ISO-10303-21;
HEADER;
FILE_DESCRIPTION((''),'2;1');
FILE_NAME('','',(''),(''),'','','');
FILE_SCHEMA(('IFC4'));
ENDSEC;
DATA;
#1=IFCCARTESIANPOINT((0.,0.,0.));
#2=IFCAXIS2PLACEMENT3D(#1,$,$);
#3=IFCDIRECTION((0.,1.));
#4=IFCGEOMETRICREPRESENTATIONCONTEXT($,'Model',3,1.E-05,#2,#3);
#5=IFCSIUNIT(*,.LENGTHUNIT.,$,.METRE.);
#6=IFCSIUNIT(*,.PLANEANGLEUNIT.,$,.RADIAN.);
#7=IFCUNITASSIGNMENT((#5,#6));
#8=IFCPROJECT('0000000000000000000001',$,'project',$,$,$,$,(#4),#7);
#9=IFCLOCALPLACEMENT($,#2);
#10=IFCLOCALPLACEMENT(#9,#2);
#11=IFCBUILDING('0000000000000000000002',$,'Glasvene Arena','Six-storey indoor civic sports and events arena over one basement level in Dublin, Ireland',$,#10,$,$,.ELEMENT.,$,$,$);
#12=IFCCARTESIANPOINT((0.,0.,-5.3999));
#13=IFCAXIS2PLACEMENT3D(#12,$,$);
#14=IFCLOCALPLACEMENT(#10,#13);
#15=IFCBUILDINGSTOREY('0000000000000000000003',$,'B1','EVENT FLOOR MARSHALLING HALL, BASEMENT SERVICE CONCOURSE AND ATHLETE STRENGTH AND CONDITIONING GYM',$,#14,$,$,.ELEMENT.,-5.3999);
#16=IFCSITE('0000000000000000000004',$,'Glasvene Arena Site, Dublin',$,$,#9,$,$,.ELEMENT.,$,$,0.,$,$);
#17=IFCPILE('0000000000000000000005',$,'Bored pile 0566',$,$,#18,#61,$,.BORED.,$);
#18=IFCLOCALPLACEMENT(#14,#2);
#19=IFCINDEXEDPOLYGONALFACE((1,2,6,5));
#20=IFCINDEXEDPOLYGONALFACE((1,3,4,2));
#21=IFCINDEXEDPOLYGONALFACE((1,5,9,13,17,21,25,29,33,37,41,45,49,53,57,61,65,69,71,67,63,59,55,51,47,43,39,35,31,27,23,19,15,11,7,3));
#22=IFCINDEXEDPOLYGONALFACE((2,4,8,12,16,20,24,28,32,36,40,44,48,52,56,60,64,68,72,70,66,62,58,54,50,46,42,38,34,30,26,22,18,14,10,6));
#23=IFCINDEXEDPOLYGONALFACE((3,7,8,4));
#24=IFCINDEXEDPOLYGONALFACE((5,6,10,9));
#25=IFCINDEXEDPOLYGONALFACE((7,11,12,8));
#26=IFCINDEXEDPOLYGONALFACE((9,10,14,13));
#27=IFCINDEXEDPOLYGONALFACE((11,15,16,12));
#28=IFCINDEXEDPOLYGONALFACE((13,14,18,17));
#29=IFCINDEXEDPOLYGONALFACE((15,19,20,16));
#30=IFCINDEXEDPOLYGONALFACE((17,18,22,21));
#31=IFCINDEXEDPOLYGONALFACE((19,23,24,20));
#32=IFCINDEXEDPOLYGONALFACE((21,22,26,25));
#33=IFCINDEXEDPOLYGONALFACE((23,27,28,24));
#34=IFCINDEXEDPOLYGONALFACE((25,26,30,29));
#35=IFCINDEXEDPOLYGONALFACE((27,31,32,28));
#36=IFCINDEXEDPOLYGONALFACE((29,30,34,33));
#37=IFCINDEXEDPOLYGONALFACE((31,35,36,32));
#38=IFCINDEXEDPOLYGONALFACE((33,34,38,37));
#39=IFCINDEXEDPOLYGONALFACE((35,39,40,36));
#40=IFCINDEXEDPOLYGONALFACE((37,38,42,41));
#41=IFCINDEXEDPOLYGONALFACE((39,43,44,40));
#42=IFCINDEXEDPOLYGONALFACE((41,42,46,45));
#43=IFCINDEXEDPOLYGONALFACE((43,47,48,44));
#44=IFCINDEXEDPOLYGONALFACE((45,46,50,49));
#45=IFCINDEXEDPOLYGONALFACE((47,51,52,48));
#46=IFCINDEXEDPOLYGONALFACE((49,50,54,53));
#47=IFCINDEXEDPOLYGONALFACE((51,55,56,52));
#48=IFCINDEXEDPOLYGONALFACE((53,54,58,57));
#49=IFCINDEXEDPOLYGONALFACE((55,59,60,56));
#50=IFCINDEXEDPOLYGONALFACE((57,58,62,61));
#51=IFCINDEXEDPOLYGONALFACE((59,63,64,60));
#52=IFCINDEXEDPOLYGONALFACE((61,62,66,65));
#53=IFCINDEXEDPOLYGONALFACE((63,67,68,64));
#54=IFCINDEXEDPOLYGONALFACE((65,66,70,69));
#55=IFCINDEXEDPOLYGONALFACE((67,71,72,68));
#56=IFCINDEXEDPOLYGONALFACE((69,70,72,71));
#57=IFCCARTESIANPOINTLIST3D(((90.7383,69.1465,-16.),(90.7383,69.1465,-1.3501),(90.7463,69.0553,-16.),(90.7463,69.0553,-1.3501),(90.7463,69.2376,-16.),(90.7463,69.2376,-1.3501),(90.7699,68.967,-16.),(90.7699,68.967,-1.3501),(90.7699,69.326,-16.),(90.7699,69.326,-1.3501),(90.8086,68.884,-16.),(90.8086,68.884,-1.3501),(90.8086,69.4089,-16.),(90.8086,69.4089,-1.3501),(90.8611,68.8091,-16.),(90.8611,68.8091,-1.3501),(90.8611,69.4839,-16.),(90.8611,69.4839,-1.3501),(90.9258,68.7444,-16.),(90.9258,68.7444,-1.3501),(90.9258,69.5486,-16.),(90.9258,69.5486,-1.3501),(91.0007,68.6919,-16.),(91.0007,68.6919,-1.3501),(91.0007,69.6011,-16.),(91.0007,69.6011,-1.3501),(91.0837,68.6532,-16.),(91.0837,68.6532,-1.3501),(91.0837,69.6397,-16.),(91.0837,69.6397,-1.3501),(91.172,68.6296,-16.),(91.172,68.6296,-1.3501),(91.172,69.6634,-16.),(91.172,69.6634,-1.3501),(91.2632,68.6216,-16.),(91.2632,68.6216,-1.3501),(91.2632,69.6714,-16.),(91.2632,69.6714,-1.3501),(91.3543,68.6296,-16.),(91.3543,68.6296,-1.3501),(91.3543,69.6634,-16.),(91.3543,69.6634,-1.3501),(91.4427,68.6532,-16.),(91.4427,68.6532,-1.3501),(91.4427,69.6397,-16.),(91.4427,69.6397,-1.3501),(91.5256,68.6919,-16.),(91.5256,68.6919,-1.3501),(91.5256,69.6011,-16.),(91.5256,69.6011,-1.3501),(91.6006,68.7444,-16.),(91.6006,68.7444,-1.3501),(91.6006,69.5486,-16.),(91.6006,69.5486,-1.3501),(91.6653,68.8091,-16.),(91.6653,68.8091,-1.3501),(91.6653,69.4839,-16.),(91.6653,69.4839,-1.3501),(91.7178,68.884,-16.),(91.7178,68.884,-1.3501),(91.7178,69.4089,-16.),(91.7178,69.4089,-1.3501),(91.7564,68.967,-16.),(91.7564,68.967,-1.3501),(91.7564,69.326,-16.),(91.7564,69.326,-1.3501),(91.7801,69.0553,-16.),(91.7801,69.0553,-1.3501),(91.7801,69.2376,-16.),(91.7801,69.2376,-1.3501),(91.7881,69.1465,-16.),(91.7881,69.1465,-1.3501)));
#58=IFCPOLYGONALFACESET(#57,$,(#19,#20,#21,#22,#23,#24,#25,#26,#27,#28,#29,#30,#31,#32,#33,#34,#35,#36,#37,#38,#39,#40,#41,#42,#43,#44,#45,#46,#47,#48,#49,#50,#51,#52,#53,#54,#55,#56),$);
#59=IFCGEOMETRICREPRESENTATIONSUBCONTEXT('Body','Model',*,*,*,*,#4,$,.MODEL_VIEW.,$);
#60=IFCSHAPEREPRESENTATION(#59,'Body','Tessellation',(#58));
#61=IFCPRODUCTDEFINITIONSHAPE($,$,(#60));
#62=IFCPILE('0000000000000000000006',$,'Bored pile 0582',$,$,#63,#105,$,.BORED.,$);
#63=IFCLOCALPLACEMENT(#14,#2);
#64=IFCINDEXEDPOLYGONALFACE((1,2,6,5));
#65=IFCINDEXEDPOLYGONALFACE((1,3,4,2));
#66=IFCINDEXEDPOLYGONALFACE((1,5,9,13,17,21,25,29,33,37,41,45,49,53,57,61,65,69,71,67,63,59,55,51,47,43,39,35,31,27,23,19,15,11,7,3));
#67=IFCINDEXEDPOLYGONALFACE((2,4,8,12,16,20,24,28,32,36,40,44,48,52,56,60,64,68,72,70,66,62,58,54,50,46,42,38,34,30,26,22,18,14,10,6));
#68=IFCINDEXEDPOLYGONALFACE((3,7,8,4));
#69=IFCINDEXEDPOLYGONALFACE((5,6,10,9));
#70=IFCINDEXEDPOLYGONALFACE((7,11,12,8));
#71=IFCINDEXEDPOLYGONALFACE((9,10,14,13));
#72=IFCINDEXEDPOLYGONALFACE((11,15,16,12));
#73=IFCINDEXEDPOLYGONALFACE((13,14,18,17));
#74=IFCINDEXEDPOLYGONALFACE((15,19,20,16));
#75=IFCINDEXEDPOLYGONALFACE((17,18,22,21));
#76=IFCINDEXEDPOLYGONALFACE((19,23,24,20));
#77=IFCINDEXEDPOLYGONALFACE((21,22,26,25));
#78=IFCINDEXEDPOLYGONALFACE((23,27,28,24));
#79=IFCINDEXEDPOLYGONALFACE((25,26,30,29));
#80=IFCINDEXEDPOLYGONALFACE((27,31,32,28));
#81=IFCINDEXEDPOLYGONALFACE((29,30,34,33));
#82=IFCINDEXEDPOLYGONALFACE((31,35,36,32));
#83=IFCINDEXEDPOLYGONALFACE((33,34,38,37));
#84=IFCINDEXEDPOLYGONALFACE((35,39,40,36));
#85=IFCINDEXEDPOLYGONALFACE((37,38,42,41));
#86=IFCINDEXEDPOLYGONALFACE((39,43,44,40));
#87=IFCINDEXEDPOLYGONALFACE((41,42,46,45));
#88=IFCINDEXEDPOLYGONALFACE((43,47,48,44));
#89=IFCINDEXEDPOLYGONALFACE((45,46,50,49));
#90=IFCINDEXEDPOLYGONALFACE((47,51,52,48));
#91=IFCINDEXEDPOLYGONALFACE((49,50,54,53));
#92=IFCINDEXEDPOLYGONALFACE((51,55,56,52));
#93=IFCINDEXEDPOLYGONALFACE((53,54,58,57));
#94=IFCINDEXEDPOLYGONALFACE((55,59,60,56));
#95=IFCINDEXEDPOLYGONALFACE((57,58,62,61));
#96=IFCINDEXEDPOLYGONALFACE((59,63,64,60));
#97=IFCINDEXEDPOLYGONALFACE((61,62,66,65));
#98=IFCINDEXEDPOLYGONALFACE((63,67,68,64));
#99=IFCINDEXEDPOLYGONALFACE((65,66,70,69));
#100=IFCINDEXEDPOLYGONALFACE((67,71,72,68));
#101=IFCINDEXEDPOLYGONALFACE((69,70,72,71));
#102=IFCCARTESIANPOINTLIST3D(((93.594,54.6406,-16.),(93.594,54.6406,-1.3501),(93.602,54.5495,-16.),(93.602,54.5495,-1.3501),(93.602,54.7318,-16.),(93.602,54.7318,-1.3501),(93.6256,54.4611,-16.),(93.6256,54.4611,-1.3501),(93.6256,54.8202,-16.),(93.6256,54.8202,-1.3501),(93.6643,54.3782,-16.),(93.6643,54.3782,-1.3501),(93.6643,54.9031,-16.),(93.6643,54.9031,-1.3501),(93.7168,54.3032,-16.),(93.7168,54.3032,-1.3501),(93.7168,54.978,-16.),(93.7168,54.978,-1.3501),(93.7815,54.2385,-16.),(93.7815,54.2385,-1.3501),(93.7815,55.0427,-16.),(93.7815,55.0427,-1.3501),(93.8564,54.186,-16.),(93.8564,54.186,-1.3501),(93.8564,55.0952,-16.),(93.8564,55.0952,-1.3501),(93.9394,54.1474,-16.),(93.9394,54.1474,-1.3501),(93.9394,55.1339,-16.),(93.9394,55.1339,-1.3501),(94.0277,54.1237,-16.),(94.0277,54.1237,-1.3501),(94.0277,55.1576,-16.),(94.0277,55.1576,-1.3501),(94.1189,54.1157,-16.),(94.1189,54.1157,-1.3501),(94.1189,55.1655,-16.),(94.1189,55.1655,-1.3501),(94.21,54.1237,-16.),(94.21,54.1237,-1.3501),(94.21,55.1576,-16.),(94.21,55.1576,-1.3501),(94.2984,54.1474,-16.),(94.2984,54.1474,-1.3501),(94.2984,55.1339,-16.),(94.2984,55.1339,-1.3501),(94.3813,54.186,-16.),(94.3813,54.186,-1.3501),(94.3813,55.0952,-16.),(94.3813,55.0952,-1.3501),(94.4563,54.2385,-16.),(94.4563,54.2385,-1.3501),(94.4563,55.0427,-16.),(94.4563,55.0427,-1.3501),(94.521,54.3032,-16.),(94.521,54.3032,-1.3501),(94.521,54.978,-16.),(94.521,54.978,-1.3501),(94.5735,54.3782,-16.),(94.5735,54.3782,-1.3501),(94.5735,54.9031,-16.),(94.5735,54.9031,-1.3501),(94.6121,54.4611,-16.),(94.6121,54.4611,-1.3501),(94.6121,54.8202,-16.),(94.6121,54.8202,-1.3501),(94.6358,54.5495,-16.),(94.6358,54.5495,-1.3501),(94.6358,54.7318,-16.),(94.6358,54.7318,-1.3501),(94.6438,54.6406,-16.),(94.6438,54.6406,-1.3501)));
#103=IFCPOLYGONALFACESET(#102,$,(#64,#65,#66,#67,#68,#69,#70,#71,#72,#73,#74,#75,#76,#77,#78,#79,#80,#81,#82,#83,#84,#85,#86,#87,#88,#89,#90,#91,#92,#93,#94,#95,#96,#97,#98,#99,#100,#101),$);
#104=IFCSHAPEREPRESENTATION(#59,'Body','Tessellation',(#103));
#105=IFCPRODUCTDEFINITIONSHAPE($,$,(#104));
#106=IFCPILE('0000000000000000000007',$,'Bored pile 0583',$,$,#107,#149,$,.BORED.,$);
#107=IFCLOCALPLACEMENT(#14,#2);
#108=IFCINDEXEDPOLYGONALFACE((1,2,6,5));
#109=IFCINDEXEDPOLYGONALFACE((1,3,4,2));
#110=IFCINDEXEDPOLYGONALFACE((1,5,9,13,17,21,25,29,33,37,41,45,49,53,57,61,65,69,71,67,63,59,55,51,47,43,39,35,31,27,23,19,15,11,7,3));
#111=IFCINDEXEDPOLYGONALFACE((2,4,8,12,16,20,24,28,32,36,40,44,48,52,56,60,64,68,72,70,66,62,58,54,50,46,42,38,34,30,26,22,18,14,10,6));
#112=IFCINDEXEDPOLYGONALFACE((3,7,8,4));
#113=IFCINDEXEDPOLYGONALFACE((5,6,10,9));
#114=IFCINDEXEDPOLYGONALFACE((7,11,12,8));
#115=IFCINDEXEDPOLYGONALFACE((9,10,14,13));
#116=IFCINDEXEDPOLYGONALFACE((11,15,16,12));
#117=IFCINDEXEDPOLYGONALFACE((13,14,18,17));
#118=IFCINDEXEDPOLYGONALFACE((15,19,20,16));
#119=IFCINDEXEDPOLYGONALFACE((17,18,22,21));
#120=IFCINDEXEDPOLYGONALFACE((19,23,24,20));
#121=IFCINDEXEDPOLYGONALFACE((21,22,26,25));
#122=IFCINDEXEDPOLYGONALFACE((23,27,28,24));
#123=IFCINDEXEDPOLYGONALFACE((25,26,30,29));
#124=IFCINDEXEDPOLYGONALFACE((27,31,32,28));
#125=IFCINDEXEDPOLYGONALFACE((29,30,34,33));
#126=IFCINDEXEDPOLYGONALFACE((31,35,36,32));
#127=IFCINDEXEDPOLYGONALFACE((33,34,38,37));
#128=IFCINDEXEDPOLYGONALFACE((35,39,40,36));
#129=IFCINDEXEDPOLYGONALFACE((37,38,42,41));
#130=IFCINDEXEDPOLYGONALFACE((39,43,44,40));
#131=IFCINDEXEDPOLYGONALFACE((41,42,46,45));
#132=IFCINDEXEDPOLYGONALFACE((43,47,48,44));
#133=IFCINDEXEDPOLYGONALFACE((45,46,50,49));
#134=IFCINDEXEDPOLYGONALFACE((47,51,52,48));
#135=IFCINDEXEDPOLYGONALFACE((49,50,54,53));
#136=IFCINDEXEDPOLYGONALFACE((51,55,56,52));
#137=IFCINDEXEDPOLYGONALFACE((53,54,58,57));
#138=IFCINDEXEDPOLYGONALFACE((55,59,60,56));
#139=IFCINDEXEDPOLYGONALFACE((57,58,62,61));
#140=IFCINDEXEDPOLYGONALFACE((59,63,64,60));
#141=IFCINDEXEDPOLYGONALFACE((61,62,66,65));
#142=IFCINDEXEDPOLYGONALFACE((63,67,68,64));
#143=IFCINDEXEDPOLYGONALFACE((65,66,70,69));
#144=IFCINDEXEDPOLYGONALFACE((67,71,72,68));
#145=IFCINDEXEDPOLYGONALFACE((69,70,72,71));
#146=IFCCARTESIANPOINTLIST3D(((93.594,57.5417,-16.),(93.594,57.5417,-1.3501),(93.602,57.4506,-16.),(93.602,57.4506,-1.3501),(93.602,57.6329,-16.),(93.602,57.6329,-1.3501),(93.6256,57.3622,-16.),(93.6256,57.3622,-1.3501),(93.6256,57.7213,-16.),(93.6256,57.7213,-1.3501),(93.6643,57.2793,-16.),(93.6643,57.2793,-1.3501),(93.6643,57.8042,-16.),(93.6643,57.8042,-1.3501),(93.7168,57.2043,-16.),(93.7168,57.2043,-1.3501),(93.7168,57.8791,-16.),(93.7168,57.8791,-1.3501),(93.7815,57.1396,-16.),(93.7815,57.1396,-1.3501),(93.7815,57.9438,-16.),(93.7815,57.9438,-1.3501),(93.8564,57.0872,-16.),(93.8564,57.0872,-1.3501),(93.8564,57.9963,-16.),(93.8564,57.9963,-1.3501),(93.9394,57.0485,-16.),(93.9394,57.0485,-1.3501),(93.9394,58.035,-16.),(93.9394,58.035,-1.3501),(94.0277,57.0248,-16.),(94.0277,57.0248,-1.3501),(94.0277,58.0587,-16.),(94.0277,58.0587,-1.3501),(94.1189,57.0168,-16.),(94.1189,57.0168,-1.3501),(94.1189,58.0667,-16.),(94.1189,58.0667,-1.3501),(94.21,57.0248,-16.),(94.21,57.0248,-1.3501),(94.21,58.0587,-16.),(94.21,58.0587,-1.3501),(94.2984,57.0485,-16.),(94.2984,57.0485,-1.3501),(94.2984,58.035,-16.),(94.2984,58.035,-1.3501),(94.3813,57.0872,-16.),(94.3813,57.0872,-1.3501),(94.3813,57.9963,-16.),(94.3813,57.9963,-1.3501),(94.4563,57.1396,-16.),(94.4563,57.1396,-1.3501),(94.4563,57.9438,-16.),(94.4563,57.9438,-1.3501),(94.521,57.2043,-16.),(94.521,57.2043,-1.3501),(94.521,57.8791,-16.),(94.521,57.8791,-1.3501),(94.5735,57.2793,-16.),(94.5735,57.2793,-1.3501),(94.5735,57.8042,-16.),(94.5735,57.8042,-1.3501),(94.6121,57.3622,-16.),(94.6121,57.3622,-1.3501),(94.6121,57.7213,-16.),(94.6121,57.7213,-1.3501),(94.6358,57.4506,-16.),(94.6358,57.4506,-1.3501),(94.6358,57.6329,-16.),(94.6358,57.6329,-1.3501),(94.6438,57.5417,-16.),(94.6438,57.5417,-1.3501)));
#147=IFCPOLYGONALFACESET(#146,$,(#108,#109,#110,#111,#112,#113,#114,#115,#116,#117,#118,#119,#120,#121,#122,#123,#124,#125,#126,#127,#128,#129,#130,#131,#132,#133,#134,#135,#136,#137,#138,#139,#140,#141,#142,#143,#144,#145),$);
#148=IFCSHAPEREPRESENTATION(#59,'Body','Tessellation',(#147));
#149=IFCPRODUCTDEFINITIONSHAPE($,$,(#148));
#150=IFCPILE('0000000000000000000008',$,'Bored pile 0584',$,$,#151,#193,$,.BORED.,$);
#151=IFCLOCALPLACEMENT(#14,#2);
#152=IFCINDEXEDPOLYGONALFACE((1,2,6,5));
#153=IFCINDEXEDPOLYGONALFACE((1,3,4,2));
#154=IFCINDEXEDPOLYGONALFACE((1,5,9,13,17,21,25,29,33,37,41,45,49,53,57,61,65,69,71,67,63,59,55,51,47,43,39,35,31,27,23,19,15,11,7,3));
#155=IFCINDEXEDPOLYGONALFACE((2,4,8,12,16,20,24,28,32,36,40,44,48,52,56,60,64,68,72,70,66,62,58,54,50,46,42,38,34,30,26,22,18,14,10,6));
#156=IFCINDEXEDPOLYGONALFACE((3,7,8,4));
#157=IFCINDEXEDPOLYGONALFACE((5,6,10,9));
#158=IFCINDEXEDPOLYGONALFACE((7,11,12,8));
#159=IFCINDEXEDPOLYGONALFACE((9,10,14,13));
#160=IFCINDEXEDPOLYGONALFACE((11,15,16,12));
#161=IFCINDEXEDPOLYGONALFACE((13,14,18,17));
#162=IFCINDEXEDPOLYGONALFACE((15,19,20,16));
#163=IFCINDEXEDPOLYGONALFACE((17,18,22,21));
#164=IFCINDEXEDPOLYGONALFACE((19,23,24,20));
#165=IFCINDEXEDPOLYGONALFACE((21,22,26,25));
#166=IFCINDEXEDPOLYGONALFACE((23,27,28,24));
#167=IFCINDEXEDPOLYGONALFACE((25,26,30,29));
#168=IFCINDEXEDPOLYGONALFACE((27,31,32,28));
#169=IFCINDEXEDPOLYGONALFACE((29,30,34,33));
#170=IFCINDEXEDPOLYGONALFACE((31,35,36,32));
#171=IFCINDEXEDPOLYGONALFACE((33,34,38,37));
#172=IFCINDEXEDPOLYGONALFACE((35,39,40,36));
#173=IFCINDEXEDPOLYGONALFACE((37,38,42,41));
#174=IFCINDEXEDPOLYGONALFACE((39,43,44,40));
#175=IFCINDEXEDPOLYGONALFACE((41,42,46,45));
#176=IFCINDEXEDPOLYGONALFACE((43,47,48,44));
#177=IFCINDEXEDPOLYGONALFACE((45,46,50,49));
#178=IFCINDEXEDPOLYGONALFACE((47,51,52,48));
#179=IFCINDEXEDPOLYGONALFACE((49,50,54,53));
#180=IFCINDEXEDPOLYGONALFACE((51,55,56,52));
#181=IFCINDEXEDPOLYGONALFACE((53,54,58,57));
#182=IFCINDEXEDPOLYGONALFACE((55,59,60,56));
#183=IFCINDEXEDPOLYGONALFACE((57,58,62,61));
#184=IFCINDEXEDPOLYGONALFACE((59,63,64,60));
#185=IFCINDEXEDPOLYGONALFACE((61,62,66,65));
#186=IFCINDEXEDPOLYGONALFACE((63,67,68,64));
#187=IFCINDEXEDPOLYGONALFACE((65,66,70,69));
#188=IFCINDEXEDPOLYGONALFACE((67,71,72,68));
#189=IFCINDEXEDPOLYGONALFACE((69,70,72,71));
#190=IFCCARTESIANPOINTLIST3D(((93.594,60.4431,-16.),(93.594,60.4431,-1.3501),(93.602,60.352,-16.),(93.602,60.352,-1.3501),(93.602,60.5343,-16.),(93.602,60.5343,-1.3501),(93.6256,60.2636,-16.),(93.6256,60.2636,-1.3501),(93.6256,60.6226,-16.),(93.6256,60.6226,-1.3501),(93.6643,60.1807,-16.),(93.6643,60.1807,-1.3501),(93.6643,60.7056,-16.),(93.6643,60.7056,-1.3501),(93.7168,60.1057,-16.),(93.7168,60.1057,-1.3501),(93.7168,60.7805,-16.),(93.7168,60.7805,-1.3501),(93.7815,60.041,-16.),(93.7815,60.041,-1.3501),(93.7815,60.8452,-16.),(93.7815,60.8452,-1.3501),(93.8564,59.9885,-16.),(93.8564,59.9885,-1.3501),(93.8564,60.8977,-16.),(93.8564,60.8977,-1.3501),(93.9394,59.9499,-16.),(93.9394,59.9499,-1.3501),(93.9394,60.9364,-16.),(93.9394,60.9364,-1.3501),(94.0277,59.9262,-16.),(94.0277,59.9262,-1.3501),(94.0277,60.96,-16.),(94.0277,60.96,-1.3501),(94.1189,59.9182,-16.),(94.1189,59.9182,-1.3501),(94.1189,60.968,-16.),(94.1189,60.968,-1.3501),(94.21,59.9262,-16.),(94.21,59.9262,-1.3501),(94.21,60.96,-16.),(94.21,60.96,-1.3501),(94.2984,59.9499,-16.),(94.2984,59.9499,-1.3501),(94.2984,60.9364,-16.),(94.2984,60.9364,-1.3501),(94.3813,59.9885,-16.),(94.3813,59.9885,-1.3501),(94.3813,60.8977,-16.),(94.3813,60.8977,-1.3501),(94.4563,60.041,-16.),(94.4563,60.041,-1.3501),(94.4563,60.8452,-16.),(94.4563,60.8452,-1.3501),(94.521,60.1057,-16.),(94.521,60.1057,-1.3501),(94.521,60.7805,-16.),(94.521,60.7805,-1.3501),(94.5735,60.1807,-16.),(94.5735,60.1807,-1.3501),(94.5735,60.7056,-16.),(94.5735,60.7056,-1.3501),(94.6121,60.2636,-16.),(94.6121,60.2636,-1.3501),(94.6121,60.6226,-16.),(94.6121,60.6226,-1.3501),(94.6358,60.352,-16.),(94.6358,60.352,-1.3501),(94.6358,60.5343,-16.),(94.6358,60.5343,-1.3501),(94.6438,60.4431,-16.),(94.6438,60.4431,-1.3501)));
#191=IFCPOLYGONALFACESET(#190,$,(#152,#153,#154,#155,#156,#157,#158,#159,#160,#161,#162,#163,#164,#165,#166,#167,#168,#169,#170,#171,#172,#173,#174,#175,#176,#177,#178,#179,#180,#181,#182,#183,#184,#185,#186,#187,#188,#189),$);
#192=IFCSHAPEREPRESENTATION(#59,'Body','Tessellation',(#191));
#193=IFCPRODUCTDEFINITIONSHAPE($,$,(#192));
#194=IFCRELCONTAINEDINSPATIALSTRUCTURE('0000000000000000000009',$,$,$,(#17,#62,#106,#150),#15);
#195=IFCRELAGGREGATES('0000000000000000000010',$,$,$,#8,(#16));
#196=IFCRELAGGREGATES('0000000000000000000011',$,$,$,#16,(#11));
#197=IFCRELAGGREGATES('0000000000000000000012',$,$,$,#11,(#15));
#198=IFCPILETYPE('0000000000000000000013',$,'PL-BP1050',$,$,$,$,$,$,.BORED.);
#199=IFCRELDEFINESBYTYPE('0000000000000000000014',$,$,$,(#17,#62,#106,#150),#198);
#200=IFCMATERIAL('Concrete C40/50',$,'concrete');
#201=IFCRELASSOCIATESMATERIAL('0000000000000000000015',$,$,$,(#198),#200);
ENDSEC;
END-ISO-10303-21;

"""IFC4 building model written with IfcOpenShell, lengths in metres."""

from ifc_helpers import new_model, si_unit, direction, frame, origin, origin_2d, place, context, subcontext, project, spatial, circle, extrude, material, material_profile, profile_set, type_object, element, save


model = new_model("IFC4")

# Units and contexts
model_context = context("Model", 3, precision=1e-05, world=origin(), true_north=direction((0.0, 1.0)))
body_context = subcontext(model_context, "Body", "Model", "MODEL_VIEW")
ifc_project = project(units=[si_unit("LENGTHUNIT", "METRE"), si_unit("PLANEANGLEUNIT", "RADIAN")], contexts=[model_context])

# Site, building, storey
site_placement = place(None, origin())
site = spatial("IfcSite", under=ifc_project, at=site_placement, Name="Glasvene Arena Site, Dublin", CompositionType="ELEMENT", RefElevation=0.0)
building_placement = place(site_placement, origin())
building = spatial("IfcBuilding", under=site, at=building_placement, Name="Glasvene Arena", Description="Six-storey indoor civic sports and events arena over one basement level in Dublin, Ireland", CompositionType="ELEMENT")
storey_placement = place(building_placement, frame((0.0, 0.0, -5.3999)))
storey = spatial("IfcBuildingStorey", under=building, at=storey_placement, Name="B1", Description="EVENT FLOOR MARSHALLING HALL, BASEMENT SERVICE CONCOURSE AND ATHLETE STRENGTH AND CONDITIONING GYM", CompositionType="ELEMENT", Elevation=-5.3999)

# Piles
ifc_material = material(Name="Concrete C40/50", Category="concrete")
ifc_material_profile_1 = material_profile(ifc_material, circle(Radius=0.5249, at=origin_2d()), Name="BORED PILE 1050")
ifc_profile_set_1 = profile_set([ifc_material_profile_1], Name="Concrete C40/50")
pile_type = type_object("IfcPileType", Name="PL-BP1050", PredefinedType="BORED", material=ifc_profile_set_1)
for number, where, z_axis, x_axis, name in (
    (1, (91.2632, 69.1465, -1.3501), (0.0, 0.0, -1.0), (1.0, 0.0, 0.0), "Bored pile 0566"),
    (2, (94.1189, 54.6406, -1.3501), (0.0, 0.0, -1.0), (1.0, 0.0, 0.0), "Bored pile 0582"),
    (3, (94.1189, 57.5417, -1.3501), (0.0, 0.0, -1.0), (1.0, 0.0, 0.0), "Bored pile 0583"),
    (4, (94.1189, 60.4431, -1.3501), (0.0, 0.0, -1.0), (1.0, 0.0, 0.0), "Bored pile 0584"),
):
    element("IfcPile", number, at=place(storey_placement, frame(where, z_axis=z_axis, x_axis=x_axis)), inside=storey, type_object=pile_type, Name=name, PredefinedType="BORED", context=body_context, shape_type="SweptSolid", body=[
        extrude(circle(Radius=0.5249, at=origin_2d()), origin(), (0.0, 0.0, 1.0), 14.6499),
    ])

save(model, "model.ifc")
